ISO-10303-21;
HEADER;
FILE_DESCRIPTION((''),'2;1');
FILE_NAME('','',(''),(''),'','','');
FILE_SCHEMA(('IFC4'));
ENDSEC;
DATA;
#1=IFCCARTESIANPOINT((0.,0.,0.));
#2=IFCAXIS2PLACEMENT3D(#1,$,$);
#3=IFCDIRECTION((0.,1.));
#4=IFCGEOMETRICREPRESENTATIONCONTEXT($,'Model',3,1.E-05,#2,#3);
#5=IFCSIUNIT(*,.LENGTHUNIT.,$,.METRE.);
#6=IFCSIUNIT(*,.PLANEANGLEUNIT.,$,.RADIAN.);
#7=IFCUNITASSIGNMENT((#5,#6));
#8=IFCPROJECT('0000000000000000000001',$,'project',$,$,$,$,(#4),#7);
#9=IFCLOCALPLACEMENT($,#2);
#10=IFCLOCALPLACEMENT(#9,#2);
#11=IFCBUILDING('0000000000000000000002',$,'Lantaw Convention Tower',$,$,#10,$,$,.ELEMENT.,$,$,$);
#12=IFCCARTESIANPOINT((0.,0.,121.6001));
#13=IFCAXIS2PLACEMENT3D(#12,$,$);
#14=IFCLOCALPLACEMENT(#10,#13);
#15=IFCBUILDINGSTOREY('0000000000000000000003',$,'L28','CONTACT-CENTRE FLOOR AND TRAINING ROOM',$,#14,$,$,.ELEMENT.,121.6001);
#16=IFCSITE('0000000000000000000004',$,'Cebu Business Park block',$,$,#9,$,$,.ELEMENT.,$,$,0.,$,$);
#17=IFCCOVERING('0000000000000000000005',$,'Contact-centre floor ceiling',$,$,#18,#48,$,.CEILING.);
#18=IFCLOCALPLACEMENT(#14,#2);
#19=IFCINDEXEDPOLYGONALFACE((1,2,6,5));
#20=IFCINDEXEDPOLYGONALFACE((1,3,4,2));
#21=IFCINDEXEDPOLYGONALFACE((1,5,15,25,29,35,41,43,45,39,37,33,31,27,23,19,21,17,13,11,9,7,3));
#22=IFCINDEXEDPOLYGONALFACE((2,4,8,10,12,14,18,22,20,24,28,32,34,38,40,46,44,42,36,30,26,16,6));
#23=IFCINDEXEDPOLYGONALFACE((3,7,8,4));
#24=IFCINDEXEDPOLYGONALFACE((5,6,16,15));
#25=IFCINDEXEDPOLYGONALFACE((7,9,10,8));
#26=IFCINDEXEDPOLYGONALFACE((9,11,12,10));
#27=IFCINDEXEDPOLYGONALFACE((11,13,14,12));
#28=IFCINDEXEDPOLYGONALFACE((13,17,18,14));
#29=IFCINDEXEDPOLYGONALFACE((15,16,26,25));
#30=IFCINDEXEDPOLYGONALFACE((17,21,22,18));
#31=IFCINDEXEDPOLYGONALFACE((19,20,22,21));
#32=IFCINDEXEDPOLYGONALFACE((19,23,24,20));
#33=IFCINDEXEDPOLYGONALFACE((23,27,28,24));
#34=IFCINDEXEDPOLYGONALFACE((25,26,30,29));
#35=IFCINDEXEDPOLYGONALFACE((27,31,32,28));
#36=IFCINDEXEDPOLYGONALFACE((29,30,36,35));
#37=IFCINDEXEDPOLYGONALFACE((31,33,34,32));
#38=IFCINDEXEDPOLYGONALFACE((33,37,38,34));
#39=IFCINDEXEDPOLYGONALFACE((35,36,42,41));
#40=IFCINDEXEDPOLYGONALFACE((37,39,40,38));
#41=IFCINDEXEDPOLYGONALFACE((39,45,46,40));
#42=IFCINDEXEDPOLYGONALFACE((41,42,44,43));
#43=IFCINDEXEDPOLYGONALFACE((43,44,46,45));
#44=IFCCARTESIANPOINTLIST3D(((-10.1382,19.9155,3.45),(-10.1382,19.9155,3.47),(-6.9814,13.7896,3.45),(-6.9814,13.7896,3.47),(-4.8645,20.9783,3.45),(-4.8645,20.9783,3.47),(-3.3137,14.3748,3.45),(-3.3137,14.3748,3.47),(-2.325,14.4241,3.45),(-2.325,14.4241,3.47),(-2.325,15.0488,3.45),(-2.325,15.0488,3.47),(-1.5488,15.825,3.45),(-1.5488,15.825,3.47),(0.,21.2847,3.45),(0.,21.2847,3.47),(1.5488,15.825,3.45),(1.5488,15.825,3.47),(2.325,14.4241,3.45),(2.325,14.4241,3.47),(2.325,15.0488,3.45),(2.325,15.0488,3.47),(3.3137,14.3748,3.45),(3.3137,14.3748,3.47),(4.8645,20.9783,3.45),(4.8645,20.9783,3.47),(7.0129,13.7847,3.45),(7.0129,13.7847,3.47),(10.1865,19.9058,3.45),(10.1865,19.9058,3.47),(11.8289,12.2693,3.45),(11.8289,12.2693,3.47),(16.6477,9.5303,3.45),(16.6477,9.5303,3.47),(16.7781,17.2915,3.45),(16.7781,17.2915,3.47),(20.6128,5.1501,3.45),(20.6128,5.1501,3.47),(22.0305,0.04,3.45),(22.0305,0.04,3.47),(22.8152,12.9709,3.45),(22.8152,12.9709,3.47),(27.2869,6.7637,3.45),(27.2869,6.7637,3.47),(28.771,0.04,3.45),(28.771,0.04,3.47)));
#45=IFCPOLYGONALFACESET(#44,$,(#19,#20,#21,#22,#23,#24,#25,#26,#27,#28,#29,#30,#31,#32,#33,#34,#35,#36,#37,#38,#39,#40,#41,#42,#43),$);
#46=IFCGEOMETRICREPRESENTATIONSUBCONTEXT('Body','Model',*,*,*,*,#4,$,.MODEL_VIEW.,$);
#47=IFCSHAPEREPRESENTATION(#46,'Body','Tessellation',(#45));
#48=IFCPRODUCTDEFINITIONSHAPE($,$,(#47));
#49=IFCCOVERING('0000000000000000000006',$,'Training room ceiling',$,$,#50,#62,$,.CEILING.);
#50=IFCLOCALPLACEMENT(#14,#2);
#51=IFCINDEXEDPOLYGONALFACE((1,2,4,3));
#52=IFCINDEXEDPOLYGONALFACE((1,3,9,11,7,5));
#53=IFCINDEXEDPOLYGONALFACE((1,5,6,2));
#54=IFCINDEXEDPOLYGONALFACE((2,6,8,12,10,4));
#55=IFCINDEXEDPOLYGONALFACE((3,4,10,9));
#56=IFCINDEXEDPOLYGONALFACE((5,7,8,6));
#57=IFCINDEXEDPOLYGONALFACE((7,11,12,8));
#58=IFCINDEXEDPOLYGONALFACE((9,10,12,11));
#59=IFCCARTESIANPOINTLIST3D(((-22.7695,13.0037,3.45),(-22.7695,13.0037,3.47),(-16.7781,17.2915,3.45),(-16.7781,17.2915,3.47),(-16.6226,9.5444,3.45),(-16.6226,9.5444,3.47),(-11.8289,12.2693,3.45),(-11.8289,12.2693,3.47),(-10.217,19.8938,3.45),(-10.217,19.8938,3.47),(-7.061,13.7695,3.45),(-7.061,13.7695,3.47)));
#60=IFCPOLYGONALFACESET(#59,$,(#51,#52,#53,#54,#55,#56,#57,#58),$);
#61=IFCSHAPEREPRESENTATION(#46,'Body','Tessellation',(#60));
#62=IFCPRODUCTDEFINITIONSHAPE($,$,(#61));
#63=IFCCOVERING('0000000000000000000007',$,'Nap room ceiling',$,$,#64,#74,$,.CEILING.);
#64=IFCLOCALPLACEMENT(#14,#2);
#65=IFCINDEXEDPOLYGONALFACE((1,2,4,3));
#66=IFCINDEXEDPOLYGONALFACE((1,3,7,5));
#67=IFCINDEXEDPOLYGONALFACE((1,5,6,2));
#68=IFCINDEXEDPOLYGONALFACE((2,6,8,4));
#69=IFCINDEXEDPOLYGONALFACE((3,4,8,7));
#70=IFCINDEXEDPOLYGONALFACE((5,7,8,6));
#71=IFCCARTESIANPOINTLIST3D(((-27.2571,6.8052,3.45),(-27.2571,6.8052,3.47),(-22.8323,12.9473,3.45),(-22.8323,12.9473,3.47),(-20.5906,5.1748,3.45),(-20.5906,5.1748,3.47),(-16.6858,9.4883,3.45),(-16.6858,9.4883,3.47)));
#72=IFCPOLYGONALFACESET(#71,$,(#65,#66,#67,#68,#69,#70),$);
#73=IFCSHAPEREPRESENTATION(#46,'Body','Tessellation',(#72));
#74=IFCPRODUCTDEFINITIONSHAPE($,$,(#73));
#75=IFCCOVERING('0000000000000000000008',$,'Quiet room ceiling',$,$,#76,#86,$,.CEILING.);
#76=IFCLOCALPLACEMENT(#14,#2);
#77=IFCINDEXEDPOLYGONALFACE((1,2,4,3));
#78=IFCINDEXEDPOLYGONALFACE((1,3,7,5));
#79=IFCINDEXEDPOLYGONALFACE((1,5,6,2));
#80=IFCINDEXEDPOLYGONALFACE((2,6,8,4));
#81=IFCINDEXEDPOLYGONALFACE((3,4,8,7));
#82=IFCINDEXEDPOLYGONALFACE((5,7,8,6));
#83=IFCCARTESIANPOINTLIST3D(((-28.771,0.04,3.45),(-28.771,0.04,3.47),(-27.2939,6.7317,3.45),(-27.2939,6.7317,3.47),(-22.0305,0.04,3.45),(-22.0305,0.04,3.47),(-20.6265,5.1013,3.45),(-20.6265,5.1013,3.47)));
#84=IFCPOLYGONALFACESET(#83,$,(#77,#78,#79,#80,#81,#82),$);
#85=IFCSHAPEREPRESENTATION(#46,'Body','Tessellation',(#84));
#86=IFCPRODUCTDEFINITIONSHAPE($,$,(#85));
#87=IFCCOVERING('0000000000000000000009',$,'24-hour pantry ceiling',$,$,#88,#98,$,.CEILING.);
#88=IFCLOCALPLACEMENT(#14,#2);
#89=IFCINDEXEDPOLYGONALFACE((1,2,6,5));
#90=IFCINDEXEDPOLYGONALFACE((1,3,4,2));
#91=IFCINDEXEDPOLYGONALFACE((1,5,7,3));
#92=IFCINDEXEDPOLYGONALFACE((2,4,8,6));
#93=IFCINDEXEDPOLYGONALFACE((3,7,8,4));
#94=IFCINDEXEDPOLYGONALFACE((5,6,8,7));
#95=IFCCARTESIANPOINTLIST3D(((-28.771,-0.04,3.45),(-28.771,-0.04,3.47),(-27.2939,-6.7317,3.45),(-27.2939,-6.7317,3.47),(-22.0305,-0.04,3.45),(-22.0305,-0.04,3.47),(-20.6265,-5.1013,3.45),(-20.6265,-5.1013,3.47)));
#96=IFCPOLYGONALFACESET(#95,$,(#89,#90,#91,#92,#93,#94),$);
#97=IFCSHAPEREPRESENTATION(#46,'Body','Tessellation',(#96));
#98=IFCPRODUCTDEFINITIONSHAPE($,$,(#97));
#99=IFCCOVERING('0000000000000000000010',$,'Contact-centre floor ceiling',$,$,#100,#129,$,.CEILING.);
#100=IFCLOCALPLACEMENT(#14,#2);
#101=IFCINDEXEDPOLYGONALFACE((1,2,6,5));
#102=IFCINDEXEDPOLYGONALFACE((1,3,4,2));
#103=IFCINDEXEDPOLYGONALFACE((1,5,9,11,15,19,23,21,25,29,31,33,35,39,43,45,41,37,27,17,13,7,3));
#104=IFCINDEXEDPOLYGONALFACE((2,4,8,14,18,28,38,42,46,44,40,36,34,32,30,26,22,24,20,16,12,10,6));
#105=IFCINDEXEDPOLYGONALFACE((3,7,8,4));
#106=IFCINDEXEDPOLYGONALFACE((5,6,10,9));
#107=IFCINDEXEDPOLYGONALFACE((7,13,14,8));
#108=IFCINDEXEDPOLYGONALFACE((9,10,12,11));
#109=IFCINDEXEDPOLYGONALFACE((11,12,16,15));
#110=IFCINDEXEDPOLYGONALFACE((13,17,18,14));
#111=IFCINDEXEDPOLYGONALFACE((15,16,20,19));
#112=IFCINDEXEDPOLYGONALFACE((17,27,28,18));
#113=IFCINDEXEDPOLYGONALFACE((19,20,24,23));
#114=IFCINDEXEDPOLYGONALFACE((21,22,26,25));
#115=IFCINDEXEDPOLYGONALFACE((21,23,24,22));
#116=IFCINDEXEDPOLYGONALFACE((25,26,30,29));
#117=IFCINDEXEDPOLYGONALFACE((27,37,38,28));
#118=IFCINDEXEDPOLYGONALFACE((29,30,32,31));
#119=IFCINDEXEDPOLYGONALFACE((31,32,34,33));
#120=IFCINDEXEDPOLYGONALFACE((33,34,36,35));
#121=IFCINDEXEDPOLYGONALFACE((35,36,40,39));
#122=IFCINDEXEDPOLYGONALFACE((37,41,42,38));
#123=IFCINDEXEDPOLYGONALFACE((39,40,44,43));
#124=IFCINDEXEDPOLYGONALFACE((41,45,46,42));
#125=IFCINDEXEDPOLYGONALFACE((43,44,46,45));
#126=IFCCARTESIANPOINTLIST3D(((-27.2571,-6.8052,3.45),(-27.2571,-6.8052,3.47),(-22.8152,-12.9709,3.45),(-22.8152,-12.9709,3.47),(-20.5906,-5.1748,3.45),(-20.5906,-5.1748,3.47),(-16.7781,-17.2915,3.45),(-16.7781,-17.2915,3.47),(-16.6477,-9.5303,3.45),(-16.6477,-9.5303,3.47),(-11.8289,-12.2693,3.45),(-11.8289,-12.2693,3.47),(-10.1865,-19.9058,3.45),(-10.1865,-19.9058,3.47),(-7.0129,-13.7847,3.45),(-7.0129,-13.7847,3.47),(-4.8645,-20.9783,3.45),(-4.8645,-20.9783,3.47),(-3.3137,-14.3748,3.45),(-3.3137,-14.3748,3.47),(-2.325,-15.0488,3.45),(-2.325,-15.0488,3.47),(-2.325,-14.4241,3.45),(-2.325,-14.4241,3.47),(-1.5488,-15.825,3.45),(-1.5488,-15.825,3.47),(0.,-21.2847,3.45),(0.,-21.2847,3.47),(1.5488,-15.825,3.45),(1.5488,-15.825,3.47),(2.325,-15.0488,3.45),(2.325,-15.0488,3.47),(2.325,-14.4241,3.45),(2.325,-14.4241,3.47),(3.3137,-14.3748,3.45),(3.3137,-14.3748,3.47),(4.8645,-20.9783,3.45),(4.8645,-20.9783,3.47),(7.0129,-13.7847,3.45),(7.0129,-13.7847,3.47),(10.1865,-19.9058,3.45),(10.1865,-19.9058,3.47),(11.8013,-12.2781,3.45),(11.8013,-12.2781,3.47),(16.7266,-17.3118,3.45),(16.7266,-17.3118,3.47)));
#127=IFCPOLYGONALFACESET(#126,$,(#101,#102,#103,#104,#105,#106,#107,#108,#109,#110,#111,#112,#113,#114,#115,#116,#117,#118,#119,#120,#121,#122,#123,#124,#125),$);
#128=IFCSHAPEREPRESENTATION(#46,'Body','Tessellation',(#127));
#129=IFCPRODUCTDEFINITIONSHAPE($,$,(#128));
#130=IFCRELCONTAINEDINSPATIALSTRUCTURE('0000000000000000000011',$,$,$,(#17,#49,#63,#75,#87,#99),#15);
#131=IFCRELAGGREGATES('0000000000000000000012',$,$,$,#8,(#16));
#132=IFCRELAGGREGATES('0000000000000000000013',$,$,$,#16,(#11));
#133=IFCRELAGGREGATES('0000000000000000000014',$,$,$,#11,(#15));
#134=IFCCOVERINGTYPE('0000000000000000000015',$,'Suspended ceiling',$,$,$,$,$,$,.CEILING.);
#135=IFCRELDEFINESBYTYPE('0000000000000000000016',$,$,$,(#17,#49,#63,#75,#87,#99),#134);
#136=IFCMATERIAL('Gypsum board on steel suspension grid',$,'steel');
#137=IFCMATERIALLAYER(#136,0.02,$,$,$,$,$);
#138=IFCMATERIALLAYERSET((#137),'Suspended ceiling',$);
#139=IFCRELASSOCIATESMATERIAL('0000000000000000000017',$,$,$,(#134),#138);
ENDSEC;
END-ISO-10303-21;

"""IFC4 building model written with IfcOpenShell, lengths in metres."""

from ifc_helpers import new_model, si_unit, direction, frame, origin, place, context, subcontext, project, spatial, polyline, outline, extrude, material, layer, layer_set, type_object, element, save


model = new_model("IFC4")

# Units and contexts
model_context = context("Model", 3, precision=1e-05, world=origin(), true_north=direction((0.0, 1.0)))
body_context = subcontext(model_context, "Body", "Model", "MODEL_VIEW")
ifc_project = project(units=[si_unit("LENGTHUNIT", "METRE"), si_unit("PLANEANGLEUNIT", "RADIAN")], contexts=[model_context])

# Site, building, storey
site_placement = place(None, origin())
site = spatial("IfcSite", under=ifc_project, at=site_placement, Name="Cebu Business Park block", CompositionType="ELEMENT", RefElevation=0.0)
building_placement = place(site_placement, origin())
building = spatial("IfcBuilding", under=site, at=building_placement, Name="Lantaw Convention Tower", CompositionType="ELEMENT")
storey_placement = place(building_placement, frame((0.0, 0.0, 121.6001)))
storey = spatial("IfcBuildingStorey", under=building, at=storey_placement, Name="L28", Description="CONTACT-CENTRE FLOOR AND TRAINING ROOM", CompositionType="ELEMENT", Elevation=121.6001)

# Coverings
ifc_material_1 = material(Name="Gypsum board on steel suspension grid", Category="steel")
ifc_layer_1 = layer(ifc_material_1, 0.02)
ifc_layer_set_1 = layer_set([ifc_layer_1], Name="Suspended ceiling")
covering_type = type_object("IfcCoveringType", Name="Suspended ceiling", PredefinedType="CEILING", material=ifc_layer_set_1)
covering_1_placement = place(storey_placement, frame((0.0, 0.0, 3.45)))
element("IfcCovering", 1, at=covering_1_placement, inside=storey, type_object=covering_type, Name="Contact-centre floor ceiling", PredefinedType="CEILING", context=body_context, shape_type="SweptSolid", body=[
    extrude(outline(polyline([(20.6128, 5.1501), (22.0305, 0.04), (28.771, 0.04), (27.2869, 6.7637), (22.8152, 12.9709), (16.7781, 17.2915), (10.1865, 19.9058), (4.8645, 20.9783), (0.0, 21.2847), (-4.8645, 20.9783), (-10.1382, 19.9155), (-6.9814, 13.7896), (-3.3137, 14.3748), (-2.325, 14.4241), (-2.325, 15.0488), (-1.5488, 15.825), (1.5488, 15.825), (2.325, 15.0488), (2.325, 14.4241), (3.3137, 14.3748), (7.0129, 13.7847), (11.8289, 12.2693), (16.6477, 9.5303), (20.6128, 5.1501)])), origin(), (0.0, 0.0, 1.0), 0.02),
])
covering_2_placement = place(storey_placement, frame((0.0, 0.0, 3.45)))
element("IfcCovering", 2, at=covering_2_placement, inside=storey, type_object=covering_type, Name="Training room ceiling", PredefinedType="CEILING", context=body_context, shape_type="SweptSolid", body=[
    extrude(outline(polyline([(-7.061, 13.7695), (-10.217, 19.8938), (-16.7781, 17.2915), (-22.7695, 13.0037), (-16.6226, 9.5444), (-11.8289, 12.2693), (-7.061, 13.7695)])), origin(), (0.0, 0.0, 1.0), 0.02),
])
covering_3_placement = place(storey_placement, frame((0.0, 0.0, 3.45)))
element("IfcCovering", 3, at=covering_3_placement, inside=storey, type_object=covering_type, Name="Nap room ceiling", PredefinedType="CEILING", context=body_context, shape_type="SweptSolid", body=[
    extrude(outline(polyline([(-16.6858, 9.4883), (-22.8323, 12.9473), (-27.2571, 6.8052), (-20.5906, 5.1748), (-16.6858, 9.4883)])), origin(), (0.0, 0.0, 1.0), 0.02),
])
covering_4_placement = place(storey_placement, frame((0.0, 0.0, 3.45)))
element("IfcCovering", 4, at=covering_4_placement, inside=storey, type_object=covering_type, Name="Quiet room ceiling", PredefinedType="CEILING", context=body_context, shape_type="SweptSolid", body=[
    extrude(outline(polyline([(-20.6265, 5.1013), (-27.2939, 6.7317), (-28.771, 0.04), (-22.0305, 0.04), (-20.6265, 5.1013)])), origin(), (0.0, 0.0, 1.0), 0.02),
])
covering_5_placement = place(storey_placement, frame((0.0, 0.0, 3.45)))
element("IfcCovering", 5, at=covering_5_placement, inside=storey, type_object=covering_type, Name="24-hour pantry ceiling", PredefinedType="CEILING", context=body_context, shape_type="SweptSolid", body=[
    extrude(outline(polyline([(-22.0305, -0.04), (-28.771, -0.04), (-27.2939, -6.7317), (-20.6265, -5.1013), (-22.0305, -0.04)])), origin(), (0.0, 0.0, 1.0), 0.02),
])
covering_6_placement = place(storey_placement, frame((0.0, 0.0, 3.45)))
element("IfcCovering", 6, at=covering_6_placement, inside=storey, type_object=covering_type, Name="Contact-centre floor ceiling", PredefinedType="CEILING", context=body_context, shape_type="SweptSolid", body=[
    extrude(outline(polyline([(-16.6477, -9.5303), (-20.5906, -5.1748), (-27.2571, -6.8052), (-22.8152, -12.9709), (-16.7781, -17.2915), (-10.1865, -19.9058), (-4.8645, -20.9783), (0.0, -21.2847), (4.8645, -20.9783), (10.1865, -19.9058), (16.7266, -17.3118), (11.8013, -12.2781), (7.0129, -13.7847), (3.3137, -14.3748), (2.325, -14.4241), (2.325, -15.0488), (1.5488, -15.825), (-1.5488, -15.825), (-2.325, -15.0488), (-2.325, -14.4241), (-3.3137, -14.3748), (-7.0129, -13.7847), (-11.8289, -12.2693), (-16.6477, -9.5303)])), origin(), (0.0, 0.0, 1.0), 0.02),
])

save(model, "model.ifc")
